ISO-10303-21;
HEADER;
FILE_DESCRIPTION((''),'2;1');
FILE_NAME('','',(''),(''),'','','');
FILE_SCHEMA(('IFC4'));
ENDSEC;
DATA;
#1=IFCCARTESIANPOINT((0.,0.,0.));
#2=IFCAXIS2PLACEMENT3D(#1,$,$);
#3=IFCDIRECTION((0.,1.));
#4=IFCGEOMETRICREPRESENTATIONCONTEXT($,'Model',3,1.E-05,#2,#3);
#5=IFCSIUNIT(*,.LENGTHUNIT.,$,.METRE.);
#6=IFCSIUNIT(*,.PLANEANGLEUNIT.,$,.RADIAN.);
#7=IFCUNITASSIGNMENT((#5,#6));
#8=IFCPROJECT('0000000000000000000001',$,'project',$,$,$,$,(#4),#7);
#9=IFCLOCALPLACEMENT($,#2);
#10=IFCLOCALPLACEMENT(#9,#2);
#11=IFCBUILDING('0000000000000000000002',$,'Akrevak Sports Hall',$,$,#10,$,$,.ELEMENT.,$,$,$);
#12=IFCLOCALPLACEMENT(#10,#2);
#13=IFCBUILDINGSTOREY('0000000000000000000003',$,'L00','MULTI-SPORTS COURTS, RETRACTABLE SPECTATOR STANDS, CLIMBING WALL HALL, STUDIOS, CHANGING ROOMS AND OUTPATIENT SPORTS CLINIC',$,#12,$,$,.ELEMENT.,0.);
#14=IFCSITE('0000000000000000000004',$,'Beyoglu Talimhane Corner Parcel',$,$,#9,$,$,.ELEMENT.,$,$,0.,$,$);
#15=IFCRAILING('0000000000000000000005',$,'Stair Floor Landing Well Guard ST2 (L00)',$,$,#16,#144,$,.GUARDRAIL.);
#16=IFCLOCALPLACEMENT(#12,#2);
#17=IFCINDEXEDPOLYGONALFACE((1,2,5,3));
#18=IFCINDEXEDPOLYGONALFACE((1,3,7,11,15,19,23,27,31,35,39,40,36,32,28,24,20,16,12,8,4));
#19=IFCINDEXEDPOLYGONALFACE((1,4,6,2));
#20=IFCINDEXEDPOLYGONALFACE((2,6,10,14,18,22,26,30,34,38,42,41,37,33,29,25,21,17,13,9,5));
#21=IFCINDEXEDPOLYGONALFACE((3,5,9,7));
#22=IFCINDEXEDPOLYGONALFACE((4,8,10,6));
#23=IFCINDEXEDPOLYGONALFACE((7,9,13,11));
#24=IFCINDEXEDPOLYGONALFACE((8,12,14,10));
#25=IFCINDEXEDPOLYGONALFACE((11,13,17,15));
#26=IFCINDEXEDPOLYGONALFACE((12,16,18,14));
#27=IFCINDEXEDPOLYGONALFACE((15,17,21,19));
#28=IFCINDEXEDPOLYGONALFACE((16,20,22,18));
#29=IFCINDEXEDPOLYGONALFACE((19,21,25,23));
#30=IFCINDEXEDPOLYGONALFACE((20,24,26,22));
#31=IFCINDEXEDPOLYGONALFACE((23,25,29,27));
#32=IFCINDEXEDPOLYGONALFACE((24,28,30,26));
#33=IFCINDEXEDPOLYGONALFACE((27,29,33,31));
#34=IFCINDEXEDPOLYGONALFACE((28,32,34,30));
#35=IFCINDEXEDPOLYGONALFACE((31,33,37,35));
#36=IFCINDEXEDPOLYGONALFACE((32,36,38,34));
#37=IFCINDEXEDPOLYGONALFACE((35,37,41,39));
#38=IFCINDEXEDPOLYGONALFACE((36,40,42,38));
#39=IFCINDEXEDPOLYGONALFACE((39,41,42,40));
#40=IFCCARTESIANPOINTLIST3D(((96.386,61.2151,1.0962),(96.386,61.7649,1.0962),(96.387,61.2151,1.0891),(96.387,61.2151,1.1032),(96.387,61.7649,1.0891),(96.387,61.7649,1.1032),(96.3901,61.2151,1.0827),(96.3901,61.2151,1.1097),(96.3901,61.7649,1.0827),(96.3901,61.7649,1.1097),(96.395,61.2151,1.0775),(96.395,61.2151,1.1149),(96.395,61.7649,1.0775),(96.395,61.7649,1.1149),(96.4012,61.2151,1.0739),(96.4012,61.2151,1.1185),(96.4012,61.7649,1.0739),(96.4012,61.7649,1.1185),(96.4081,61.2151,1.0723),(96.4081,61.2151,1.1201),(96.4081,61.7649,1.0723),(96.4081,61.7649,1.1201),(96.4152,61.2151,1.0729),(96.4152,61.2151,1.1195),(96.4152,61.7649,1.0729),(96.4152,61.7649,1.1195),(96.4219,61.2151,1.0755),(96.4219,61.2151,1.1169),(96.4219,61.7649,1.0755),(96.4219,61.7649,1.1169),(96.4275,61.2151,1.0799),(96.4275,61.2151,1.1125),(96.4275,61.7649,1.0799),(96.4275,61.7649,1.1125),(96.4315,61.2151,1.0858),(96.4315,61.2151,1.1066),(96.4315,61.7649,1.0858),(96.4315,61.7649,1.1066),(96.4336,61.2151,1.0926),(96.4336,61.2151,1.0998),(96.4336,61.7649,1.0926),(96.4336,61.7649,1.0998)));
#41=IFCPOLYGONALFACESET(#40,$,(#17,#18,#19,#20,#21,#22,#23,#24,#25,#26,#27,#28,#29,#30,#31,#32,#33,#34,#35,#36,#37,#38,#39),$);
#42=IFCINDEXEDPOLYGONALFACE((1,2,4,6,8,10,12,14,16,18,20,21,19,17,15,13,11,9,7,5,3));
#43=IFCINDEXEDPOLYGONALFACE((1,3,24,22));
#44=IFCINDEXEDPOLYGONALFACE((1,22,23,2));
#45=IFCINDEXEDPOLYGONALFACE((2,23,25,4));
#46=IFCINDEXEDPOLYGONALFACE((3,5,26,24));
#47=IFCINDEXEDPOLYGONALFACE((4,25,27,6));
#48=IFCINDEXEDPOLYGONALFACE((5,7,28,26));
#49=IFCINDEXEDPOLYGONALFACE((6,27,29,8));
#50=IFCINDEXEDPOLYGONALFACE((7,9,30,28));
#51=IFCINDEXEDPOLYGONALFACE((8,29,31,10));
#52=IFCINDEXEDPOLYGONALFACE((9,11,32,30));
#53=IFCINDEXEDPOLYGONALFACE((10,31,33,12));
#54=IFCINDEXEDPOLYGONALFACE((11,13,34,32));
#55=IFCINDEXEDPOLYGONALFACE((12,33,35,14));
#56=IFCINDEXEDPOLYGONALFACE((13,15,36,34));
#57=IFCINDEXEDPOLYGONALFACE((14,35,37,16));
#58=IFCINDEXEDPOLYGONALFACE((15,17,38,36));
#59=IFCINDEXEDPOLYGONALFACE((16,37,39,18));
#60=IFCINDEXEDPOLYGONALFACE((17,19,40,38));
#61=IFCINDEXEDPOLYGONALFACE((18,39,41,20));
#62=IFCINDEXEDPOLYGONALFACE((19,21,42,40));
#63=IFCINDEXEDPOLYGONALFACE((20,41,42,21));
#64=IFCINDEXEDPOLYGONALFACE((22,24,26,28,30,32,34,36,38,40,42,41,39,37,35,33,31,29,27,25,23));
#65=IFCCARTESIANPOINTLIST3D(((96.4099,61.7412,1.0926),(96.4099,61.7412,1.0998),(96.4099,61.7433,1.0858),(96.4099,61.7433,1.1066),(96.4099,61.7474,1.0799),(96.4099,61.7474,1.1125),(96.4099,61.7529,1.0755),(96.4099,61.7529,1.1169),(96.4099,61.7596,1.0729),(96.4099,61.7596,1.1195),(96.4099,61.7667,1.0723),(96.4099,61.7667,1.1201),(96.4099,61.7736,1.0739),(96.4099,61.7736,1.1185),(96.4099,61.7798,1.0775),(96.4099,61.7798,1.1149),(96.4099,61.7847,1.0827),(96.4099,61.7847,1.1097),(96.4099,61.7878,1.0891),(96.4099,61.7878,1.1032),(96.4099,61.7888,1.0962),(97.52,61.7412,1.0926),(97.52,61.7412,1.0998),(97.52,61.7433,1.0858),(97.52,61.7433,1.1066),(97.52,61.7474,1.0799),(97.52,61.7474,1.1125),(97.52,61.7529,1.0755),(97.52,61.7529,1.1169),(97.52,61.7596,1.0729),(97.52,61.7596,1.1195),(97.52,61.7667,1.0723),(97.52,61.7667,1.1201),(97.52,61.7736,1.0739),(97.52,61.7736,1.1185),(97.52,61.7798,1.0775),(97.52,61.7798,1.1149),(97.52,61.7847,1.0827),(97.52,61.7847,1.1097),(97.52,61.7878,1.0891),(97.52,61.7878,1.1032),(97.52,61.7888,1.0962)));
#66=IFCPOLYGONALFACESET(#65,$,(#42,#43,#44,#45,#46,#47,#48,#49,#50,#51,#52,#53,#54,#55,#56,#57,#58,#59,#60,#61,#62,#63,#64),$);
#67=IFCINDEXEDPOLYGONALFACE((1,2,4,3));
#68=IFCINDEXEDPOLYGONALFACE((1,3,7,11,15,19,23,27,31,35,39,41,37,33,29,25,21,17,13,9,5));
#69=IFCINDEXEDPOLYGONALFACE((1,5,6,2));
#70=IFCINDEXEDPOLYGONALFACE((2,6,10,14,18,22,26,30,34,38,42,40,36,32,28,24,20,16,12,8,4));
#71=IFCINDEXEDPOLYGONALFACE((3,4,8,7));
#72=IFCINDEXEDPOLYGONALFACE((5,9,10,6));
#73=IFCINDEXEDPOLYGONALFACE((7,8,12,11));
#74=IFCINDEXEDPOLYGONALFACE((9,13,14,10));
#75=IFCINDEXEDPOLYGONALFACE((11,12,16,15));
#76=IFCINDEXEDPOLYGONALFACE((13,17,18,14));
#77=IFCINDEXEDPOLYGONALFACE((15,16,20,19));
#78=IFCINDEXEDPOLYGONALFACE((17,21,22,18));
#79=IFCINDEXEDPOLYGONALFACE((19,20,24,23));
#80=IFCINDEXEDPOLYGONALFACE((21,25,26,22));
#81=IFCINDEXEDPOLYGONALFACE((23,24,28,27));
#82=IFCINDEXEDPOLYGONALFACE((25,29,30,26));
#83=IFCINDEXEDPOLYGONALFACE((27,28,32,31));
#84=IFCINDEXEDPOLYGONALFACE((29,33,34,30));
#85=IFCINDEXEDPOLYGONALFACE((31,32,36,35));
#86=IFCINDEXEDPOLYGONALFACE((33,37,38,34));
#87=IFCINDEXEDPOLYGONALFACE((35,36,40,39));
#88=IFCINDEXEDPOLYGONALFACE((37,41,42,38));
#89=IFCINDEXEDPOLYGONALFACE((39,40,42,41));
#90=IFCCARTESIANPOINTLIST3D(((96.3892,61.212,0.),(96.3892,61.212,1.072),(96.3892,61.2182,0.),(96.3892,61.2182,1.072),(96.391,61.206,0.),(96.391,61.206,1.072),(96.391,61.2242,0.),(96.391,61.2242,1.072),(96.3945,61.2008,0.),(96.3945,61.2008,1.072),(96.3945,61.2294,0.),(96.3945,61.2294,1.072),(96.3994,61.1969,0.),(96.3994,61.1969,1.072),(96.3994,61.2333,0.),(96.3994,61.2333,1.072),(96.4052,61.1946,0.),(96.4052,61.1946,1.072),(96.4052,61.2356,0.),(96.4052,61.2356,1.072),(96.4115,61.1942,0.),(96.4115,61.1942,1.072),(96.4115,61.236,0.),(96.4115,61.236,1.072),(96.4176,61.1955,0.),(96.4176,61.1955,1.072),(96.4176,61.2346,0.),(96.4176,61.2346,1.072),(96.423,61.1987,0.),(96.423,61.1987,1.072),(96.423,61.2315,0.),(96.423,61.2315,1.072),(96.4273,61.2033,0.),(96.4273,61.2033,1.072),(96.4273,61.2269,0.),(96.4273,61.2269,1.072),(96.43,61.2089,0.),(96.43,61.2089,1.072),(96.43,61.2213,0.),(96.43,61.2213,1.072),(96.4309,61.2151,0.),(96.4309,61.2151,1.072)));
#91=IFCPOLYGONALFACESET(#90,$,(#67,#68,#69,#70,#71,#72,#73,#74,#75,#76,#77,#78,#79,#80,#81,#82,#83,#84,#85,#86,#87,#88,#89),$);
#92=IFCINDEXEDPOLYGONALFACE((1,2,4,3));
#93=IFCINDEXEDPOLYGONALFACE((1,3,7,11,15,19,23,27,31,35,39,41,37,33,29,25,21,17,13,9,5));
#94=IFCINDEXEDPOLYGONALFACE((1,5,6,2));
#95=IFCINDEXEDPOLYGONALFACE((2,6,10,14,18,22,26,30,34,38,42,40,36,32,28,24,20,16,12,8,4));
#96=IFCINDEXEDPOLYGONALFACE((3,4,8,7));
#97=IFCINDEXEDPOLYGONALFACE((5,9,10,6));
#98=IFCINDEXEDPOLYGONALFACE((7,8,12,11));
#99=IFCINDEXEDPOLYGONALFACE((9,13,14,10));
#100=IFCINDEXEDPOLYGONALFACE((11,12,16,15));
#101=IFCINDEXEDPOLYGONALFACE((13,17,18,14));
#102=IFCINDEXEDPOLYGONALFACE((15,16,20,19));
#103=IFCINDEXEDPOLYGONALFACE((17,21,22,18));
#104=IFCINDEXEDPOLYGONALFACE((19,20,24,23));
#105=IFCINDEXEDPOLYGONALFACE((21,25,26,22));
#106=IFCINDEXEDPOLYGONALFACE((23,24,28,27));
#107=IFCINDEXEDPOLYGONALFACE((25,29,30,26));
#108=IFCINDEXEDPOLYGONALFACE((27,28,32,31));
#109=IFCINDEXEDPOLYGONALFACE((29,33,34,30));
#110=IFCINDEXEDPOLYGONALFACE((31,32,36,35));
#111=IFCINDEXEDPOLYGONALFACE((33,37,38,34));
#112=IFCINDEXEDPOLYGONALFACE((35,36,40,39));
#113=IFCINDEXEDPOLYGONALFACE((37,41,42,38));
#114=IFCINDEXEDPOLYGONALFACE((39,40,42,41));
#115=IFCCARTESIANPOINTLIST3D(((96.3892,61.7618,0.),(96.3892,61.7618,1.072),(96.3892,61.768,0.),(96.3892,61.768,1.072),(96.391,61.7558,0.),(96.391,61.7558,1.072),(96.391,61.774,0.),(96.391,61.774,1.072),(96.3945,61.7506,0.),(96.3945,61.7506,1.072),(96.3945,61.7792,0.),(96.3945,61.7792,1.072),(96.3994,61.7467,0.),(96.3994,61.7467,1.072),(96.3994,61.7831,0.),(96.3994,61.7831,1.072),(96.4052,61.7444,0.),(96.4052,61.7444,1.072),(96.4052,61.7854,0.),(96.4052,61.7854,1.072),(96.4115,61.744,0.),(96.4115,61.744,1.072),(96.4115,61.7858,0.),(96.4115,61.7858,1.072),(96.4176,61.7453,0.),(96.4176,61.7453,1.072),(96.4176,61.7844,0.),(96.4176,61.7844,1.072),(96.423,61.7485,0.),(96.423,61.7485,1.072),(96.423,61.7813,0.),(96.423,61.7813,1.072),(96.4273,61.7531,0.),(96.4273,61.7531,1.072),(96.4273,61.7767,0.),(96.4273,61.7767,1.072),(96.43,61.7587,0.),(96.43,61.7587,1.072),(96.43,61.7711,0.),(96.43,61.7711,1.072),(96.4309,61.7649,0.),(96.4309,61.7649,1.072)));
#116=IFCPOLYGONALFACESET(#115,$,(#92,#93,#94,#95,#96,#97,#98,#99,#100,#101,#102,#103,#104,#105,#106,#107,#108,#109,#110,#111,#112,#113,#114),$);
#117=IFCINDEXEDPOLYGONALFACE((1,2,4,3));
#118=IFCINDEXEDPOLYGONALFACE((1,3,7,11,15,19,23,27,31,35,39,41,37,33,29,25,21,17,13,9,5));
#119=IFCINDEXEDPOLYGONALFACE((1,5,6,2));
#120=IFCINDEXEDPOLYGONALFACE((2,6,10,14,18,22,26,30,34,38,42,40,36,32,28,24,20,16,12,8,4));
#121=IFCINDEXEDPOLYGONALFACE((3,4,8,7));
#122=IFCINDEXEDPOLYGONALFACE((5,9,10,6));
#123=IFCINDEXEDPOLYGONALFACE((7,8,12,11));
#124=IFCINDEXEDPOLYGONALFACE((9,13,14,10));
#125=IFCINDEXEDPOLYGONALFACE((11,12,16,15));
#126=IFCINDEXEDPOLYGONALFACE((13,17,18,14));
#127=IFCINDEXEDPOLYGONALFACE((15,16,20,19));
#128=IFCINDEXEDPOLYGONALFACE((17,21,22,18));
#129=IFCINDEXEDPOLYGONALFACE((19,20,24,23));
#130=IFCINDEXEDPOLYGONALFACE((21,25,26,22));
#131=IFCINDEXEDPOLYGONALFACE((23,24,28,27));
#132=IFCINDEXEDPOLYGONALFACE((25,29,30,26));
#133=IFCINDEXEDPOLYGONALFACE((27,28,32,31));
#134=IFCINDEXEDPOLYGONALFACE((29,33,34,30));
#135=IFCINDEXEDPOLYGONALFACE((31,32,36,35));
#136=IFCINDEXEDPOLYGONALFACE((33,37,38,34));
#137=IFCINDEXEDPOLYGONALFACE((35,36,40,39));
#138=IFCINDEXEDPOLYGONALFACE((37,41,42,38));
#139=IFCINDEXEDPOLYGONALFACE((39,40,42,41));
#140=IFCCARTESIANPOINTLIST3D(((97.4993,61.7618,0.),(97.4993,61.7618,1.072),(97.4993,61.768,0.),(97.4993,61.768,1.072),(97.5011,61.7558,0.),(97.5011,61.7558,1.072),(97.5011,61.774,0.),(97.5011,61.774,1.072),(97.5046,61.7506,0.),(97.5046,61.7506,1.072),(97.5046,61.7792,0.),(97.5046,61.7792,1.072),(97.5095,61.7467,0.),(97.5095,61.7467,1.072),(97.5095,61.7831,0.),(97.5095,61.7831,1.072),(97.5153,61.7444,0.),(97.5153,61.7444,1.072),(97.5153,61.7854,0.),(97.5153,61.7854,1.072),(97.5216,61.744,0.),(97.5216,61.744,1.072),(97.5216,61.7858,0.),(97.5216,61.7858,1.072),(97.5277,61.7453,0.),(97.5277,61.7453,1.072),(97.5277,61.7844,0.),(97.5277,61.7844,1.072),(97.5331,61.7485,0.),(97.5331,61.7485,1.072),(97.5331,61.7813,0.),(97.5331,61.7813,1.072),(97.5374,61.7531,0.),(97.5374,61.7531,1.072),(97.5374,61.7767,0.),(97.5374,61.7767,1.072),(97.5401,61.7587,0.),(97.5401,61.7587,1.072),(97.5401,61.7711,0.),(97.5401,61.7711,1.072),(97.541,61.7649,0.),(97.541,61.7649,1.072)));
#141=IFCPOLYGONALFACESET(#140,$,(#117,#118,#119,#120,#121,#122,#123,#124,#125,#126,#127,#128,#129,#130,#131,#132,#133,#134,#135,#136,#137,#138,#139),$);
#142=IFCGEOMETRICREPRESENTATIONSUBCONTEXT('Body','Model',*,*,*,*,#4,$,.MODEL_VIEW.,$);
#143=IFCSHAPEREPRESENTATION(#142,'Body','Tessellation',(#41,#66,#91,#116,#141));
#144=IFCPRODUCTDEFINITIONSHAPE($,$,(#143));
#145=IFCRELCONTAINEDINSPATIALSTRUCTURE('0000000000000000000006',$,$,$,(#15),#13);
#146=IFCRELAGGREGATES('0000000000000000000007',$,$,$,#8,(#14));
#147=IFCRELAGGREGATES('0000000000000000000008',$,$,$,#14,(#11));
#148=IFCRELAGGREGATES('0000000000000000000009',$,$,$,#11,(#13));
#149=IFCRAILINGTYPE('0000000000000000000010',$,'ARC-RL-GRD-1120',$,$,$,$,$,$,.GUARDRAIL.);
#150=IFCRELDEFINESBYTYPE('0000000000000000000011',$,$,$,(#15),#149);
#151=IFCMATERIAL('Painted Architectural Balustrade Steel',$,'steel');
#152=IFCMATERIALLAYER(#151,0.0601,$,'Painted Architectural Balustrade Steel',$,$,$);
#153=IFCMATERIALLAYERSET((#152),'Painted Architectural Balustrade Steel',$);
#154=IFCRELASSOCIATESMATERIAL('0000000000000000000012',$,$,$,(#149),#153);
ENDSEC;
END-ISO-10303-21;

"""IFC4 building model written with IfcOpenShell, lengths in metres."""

from ifc_helpers import new_model, si_unit, direction, frame, origin, origin_2d, place, context, subcontext, project, spatial, circle, extrude, material, layer, layer_set, type_object, element, save


model = new_model("IFC4")

# Units and contexts
model_context = context("Model", 3, precision=1e-05, world=origin(), true_north=direction((0.0, 1.0)))
body_context = subcontext(model_context, "Body", "Model", "MODEL_VIEW")
ifc_project = project(units=[si_unit("LENGTHUNIT", "METRE"), si_unit("PLANEANGLEUNIT", "RADIAN")], contexts=[model_context])

# Site, building, storey
site_placement = place(None, origin())
site = spatial("IfcSite", under=ifc_project, at=site_placement, Name="Beyoglu Talimhane Corner Parcel", CompositionType="ELEMENT", RefElevation=0.0)
building_placement = place(site_placement, origin())
building = spatial("IfcBuilding", under=site, at=building_placement, Name="Akrevak Sports Hall", CompositionType="ELEMENT")
storey_placement = place(building_placement, origin())
storey = spatial("IfcBuildingStorey", under=building, at=storey_placement, Name="L00", Description="MULTI-SPORTS COURTS, RETRACTABLE SPECTATOR STANDS, CLIMBING WALL HALL, STUDIOS, CHANGING ROOMS AND OUTPATIENT SPORTS CLINIC", CompositionType="ELEMENT", Elevation=0.0)

# Railing
ifc_material_1 = material(Name="Painted Architectural Balustrade Steel", Category="steel")
ifc_layer_1 = layer(ifc_material_1, 0.0601, Name="Painted Architectural Balustrade Steel")
ifc_layer_set_1 = layer_set([ifc_layer_1], Name="Painted Architectural Balustrade Steel")
railing_type_1 = type_object("IfcRailingType", Name="ARC-RL-GRD-1120", PredefinedType="GUARDRAIL", material=ifc_layer_set_1)
railing_1_placement = place(storey_placement, frame((96.4099, 61.2151, 0.0)))
element("IfcRailing", 1, at=railing_1_placement, inside=storey, type_object=railing_type_1, Name="Stair Floor Landing Well Guard ST2 (L00)", PredefinedType="GUARDRAIL", context=body_context, shape_type="SweptSolid", body=[
    extrude(circle(Radius=0.0239, at=origin_2d()), frame((0.0, 0.0, 1.0962), z_axis=(0.0, 1.0, 0.0), x_axis=(-1.0, 0.0, 0.0)), (0.0, 0.0, 1.0), 0.5498),
    extrude(circle(Radius=0.0239, at=origin_2d()), frame((0.0, 0.5498, 1.0962), z_axis=(1.0, 0.0, 0.0), x_axis=(0.0, 1.0, 0.0)), (0.0, 0.0, 1.0), 1.1101),
    extrude(circle(Radius=0.021, at=origin_2d()), origin(), (0.0, 0.0, 1.0), 1.072),
    extrude(circle(Radius=0.021, at=origin_2d()), frame((0.0, 0.5498, 0.0)), (0.0, 0.0, 1.0), 1.072),
    extrude(circle(Radius=0.021, at=origin_2d()), frame((1.1101, 0.5498, 0.0)), (0.0, 0.0, 1.0), 1.072),
])

save(model, "model.ifc")
